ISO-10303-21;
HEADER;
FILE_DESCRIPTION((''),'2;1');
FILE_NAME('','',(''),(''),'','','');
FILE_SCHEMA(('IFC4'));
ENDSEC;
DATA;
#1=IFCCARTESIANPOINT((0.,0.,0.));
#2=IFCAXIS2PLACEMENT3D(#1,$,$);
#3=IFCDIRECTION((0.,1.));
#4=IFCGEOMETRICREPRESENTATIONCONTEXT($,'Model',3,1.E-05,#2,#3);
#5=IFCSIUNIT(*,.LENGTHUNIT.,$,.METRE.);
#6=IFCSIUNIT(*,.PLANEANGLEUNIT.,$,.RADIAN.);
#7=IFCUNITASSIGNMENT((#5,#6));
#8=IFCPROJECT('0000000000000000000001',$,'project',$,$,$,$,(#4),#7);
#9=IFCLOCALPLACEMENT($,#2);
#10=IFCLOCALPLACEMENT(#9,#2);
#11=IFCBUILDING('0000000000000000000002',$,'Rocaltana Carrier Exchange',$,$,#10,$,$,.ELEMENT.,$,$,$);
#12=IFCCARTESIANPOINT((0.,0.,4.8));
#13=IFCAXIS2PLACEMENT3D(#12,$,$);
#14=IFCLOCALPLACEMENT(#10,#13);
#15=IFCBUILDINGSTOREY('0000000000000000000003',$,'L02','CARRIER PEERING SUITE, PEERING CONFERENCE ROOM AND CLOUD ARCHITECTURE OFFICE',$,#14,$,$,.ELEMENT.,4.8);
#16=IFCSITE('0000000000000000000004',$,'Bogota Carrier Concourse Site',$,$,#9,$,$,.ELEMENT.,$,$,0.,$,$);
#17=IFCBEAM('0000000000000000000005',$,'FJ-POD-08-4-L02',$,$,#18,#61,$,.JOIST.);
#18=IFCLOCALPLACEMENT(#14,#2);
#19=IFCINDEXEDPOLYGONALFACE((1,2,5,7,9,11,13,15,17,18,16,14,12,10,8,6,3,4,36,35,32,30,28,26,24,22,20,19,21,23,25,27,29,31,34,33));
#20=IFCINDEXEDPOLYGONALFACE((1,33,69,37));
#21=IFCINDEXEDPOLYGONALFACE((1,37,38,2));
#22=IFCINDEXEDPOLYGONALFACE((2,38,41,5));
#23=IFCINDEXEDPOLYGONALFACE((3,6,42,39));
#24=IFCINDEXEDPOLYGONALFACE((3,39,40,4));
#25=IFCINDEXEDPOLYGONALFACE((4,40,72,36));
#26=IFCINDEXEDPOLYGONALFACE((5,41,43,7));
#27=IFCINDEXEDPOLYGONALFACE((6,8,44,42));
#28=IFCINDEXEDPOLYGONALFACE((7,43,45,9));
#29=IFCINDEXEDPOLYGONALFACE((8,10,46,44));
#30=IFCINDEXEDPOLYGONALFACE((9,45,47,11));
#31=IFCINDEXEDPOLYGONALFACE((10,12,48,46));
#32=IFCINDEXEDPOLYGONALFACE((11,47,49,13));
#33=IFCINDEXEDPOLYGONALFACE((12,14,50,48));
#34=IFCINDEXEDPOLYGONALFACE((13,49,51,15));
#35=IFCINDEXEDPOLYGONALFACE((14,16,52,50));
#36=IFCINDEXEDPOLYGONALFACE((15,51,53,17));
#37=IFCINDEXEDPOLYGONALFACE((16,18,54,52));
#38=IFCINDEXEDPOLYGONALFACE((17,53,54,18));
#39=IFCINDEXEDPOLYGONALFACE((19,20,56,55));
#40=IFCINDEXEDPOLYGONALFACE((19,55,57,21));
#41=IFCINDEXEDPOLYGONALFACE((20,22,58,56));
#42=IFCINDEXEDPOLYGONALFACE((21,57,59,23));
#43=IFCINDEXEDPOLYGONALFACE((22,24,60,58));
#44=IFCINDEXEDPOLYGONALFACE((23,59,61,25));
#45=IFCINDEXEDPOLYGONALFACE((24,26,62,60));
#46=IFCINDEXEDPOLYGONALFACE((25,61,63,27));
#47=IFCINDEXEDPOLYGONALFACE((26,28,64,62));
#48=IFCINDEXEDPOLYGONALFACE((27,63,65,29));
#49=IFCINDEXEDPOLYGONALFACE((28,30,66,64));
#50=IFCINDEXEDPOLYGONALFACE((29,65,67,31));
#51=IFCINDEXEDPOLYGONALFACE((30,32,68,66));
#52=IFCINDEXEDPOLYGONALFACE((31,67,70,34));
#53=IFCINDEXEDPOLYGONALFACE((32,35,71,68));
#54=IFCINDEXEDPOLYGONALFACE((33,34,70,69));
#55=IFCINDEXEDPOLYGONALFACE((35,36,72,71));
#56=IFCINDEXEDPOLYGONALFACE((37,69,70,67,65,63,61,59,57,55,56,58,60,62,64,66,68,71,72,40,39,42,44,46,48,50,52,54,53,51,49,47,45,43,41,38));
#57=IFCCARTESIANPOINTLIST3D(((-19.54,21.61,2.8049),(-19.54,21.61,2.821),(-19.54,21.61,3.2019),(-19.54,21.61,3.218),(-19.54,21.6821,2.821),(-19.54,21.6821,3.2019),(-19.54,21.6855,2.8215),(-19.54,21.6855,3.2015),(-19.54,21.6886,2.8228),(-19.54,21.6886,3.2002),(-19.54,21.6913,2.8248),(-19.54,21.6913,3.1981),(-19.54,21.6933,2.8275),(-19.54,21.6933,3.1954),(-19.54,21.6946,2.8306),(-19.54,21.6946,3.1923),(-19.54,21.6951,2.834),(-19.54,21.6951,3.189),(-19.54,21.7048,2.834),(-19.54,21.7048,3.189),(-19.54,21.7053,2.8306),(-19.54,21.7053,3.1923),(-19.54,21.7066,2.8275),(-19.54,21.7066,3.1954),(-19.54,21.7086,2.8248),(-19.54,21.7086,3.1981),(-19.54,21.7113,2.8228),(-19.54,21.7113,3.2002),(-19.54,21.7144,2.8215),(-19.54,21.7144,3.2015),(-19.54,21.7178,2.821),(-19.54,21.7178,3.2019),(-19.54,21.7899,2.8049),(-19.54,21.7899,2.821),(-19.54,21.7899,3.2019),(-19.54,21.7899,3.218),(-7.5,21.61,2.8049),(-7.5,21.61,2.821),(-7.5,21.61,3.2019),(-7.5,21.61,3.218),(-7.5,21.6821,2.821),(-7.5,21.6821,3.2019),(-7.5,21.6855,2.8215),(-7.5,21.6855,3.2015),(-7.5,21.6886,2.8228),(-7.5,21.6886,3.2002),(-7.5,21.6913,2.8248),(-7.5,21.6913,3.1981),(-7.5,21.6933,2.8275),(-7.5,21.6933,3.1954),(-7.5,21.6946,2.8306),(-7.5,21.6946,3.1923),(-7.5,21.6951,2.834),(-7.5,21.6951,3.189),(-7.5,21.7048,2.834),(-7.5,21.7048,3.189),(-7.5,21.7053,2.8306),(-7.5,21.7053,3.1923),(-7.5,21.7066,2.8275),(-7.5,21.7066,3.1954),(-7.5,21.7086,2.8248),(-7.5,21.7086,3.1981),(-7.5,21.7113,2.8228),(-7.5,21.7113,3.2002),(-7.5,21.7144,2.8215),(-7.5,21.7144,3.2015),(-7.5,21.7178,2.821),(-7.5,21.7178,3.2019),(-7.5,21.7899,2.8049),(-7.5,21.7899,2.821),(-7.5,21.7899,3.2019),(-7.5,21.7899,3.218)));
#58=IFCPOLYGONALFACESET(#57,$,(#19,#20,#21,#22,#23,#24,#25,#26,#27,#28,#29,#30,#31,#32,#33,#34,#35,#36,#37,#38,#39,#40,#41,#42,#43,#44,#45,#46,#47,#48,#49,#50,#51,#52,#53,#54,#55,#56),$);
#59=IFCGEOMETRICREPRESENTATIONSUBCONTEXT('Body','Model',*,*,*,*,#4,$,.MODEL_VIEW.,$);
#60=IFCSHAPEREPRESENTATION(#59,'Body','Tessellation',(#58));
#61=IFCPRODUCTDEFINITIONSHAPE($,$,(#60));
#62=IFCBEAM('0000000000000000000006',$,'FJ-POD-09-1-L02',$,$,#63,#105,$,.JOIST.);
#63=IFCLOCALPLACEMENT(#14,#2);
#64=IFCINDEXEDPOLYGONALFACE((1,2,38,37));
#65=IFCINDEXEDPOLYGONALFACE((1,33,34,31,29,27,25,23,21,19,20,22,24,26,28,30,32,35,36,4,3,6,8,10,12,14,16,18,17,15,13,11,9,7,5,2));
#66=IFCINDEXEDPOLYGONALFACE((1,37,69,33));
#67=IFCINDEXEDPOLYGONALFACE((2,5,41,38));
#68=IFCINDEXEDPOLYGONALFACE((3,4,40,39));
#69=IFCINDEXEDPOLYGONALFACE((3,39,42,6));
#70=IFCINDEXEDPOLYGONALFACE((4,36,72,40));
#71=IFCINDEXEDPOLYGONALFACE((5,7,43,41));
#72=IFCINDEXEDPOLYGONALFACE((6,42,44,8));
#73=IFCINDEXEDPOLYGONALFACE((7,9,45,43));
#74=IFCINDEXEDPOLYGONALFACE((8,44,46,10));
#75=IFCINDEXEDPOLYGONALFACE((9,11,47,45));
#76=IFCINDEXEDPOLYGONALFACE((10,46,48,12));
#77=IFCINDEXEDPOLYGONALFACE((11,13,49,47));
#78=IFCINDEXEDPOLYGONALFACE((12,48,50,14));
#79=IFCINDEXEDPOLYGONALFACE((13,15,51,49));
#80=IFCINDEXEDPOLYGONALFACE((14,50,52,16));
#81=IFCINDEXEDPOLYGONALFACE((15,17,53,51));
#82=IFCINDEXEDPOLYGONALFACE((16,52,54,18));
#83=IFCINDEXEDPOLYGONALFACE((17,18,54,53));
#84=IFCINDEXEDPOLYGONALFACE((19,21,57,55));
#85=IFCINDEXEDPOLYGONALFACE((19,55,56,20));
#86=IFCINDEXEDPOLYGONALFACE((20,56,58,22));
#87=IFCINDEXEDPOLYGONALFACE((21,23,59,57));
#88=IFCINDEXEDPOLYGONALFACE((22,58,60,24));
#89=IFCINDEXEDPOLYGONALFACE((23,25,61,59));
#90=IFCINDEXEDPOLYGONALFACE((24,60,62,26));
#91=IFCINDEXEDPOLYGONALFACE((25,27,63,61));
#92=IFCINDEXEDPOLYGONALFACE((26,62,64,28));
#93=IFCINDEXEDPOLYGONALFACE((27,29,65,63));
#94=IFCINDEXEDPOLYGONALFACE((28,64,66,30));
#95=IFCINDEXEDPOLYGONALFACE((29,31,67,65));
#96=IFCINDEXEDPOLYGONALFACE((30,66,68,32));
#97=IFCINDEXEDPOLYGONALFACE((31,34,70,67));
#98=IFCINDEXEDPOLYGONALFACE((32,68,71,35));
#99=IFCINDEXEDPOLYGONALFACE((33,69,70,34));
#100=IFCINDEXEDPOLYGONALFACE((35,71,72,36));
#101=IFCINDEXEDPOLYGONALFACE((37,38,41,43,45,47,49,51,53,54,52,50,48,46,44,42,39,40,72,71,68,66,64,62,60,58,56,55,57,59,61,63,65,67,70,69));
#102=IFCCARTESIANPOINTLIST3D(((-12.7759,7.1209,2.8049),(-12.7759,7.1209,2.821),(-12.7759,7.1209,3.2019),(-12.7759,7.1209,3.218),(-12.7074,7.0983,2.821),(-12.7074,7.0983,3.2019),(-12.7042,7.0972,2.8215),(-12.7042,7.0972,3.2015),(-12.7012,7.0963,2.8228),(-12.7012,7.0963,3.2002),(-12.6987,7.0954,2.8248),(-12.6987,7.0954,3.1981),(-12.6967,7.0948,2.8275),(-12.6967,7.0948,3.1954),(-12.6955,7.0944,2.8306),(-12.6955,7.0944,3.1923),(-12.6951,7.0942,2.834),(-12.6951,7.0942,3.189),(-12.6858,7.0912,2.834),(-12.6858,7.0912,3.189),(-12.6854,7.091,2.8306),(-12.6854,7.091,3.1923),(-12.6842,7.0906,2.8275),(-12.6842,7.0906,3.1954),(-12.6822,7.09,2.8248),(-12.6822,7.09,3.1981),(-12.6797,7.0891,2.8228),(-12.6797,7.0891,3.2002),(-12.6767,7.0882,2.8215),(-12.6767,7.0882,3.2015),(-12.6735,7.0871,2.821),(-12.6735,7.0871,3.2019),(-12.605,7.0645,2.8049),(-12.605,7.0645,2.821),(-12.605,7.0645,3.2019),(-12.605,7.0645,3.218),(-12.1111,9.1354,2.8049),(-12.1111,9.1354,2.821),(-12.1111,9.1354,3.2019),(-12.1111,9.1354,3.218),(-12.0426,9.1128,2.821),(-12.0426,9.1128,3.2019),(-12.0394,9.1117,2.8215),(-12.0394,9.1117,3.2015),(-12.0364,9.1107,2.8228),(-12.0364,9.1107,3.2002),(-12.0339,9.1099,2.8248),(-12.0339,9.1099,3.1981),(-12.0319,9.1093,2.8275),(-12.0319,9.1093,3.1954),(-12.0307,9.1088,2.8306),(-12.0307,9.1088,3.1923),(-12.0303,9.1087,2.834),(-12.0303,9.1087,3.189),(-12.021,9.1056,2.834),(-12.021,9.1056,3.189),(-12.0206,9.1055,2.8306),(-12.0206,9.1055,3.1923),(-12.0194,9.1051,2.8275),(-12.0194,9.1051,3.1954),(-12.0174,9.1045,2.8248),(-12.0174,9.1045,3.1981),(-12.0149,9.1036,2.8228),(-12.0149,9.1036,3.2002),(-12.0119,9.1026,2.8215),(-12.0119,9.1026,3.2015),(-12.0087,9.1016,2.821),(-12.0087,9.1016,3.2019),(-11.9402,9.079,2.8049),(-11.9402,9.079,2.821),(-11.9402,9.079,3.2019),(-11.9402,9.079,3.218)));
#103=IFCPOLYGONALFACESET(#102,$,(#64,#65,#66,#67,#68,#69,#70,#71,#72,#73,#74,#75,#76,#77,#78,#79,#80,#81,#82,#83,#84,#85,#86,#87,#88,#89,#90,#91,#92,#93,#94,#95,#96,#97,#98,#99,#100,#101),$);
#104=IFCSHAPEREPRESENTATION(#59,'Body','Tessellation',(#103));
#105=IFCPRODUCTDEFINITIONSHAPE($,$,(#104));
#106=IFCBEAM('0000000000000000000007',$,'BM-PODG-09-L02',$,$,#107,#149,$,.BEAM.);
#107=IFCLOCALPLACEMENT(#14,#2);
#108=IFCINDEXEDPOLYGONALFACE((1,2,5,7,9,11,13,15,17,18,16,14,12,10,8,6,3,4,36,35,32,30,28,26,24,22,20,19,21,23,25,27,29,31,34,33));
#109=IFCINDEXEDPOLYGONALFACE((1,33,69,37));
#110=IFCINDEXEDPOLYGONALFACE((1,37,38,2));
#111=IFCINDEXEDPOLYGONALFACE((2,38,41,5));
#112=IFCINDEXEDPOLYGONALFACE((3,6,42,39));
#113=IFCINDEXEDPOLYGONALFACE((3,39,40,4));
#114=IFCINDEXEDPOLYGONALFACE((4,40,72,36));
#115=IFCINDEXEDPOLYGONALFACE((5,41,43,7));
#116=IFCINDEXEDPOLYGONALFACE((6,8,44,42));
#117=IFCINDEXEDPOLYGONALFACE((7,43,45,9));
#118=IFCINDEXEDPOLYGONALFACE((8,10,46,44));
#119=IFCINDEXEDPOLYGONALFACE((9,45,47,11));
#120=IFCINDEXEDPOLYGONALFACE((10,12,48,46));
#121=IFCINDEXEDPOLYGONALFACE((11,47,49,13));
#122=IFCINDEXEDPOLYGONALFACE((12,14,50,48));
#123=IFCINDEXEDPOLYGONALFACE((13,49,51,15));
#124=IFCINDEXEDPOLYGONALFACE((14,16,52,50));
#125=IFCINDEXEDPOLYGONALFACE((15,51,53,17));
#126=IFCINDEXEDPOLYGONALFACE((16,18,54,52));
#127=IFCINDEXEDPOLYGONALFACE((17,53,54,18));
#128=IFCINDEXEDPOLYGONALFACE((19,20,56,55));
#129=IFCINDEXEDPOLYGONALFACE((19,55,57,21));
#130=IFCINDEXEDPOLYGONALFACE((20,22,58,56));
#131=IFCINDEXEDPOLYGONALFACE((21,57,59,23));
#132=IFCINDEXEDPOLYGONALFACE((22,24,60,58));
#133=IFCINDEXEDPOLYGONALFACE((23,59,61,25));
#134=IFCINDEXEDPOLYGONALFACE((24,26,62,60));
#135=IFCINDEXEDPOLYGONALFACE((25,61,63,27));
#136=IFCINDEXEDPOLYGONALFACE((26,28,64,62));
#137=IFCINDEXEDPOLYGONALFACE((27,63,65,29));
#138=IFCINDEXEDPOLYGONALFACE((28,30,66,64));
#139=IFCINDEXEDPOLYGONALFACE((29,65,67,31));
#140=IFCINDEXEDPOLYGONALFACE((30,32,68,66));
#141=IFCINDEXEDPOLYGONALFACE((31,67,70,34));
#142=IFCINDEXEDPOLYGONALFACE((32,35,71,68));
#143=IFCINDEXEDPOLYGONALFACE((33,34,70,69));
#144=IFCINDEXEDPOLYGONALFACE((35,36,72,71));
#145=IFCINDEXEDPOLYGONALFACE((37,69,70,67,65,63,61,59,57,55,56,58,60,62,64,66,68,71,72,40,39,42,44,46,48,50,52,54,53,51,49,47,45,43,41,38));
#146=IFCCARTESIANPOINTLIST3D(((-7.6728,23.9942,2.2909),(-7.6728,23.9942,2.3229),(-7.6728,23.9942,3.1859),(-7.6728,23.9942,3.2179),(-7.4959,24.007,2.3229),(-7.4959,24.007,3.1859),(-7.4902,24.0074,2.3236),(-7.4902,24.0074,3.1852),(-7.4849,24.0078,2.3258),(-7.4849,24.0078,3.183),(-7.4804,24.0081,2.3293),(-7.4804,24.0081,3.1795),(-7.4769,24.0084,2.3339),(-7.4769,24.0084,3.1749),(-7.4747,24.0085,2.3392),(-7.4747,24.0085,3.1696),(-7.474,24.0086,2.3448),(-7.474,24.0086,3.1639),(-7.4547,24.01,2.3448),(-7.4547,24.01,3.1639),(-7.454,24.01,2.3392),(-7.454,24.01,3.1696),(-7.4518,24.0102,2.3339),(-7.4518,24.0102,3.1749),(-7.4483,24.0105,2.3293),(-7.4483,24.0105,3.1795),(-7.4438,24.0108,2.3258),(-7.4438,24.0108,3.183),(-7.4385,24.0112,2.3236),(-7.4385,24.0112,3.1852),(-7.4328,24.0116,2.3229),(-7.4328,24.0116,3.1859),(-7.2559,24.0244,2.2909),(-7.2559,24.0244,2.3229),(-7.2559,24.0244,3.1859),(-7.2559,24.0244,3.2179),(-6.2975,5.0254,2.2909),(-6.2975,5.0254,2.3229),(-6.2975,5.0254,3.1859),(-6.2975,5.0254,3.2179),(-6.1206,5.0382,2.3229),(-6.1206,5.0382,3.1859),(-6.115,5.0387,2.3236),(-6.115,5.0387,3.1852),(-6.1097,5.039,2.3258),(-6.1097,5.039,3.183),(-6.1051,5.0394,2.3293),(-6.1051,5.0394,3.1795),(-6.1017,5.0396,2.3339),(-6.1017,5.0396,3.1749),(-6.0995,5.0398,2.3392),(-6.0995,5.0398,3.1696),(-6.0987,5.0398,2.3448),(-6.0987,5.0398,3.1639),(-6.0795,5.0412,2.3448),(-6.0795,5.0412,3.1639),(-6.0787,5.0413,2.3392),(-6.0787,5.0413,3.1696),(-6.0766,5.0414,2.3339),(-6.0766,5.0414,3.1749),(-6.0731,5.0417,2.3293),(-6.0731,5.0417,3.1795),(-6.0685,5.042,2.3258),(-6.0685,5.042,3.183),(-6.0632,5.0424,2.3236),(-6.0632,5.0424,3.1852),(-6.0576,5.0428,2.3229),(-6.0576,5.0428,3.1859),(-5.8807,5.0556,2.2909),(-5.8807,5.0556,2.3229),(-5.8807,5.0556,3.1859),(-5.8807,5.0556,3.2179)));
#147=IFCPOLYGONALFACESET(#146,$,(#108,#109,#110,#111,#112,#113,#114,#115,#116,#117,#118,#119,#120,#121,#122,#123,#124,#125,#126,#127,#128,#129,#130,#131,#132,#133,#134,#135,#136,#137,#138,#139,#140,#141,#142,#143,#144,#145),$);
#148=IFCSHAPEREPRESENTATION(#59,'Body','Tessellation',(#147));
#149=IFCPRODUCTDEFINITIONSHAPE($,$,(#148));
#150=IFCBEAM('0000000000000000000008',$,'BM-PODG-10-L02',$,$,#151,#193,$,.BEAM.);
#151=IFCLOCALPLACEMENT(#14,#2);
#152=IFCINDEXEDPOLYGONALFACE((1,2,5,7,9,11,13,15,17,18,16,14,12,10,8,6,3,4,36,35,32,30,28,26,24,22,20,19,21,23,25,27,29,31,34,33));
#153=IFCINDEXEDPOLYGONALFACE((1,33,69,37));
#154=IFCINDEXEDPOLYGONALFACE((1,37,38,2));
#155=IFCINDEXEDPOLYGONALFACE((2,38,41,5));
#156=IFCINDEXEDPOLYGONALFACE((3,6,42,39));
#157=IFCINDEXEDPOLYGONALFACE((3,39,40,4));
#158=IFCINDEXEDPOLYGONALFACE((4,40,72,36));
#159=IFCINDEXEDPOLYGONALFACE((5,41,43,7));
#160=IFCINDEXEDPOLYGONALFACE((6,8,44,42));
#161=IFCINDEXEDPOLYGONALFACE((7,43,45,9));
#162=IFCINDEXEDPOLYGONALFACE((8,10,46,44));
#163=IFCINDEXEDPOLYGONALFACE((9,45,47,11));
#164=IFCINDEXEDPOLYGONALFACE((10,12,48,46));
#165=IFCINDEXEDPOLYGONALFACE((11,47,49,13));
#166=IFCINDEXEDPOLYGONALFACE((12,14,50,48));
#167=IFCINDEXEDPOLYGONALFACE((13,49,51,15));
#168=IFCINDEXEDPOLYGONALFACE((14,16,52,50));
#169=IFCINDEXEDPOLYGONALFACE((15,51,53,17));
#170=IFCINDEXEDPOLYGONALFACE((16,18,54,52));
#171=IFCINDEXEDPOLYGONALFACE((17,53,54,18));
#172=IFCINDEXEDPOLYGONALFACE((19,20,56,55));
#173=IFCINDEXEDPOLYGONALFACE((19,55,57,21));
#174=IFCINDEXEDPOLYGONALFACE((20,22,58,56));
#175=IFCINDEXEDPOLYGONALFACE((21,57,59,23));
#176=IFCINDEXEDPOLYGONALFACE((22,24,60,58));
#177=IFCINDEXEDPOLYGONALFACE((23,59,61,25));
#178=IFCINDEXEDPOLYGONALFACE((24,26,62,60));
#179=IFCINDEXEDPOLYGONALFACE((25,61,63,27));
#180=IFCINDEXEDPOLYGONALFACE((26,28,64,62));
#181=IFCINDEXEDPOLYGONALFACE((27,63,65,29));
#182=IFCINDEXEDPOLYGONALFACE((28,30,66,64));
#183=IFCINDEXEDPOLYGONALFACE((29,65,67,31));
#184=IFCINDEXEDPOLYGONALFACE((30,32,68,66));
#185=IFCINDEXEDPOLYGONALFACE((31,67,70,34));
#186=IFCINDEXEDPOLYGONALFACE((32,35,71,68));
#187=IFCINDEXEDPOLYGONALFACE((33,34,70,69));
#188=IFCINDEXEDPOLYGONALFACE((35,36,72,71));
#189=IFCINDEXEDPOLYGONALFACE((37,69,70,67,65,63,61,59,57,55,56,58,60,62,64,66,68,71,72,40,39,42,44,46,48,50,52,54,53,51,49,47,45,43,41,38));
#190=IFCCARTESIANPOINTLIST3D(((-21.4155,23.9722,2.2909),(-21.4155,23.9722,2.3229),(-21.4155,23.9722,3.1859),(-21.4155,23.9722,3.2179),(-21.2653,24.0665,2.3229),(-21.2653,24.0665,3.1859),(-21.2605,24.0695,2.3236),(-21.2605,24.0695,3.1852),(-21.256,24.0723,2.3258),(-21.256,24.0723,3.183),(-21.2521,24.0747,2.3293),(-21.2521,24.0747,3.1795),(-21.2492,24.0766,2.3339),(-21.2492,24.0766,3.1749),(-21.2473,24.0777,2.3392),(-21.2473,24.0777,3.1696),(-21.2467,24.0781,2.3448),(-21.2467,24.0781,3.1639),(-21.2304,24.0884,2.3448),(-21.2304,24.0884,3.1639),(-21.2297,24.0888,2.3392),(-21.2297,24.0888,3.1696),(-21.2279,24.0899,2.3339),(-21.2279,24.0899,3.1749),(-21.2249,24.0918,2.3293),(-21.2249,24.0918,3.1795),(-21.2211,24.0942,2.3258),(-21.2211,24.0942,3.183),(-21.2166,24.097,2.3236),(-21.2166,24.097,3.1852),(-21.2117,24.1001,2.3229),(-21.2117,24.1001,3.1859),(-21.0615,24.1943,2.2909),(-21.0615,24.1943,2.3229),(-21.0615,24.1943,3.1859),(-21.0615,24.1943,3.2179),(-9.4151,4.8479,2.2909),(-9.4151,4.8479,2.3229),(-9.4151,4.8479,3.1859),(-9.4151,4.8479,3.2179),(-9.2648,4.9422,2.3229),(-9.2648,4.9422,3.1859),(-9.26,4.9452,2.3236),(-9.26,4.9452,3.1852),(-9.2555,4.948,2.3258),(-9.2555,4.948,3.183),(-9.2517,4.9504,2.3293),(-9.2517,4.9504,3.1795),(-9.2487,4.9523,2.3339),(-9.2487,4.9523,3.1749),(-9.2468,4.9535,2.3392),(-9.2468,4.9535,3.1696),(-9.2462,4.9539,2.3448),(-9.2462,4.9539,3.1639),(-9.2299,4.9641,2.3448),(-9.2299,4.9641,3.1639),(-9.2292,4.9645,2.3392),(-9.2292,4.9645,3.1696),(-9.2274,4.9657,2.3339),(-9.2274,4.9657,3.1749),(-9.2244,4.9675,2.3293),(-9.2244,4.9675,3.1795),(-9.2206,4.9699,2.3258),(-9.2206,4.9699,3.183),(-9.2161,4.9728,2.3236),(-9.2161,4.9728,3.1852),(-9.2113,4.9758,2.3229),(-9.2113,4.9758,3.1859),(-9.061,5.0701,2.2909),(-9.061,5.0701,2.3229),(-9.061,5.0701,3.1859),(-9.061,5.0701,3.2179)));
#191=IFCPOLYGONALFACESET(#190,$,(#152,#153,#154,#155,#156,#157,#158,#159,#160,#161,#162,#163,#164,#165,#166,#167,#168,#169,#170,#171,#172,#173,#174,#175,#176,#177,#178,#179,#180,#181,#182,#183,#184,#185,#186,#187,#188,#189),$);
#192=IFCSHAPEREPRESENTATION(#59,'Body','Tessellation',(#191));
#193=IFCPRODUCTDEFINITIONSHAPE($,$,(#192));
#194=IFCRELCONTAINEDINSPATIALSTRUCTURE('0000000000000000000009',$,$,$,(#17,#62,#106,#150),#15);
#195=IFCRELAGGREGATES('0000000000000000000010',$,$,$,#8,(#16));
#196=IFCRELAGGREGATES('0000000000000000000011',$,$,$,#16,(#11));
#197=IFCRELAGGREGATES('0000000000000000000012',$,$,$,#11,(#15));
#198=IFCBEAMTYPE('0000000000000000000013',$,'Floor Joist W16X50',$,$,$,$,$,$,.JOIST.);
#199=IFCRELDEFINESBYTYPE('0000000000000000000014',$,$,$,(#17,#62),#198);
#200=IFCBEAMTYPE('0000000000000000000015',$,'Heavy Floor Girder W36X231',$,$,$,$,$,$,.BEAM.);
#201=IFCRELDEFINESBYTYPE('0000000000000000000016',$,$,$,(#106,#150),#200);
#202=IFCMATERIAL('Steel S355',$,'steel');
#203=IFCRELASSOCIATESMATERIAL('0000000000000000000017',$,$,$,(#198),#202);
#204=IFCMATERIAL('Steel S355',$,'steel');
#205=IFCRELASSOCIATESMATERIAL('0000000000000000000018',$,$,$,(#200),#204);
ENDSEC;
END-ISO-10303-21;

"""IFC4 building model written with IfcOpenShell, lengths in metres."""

from ifc_helpers import new_model, si_unit, direction, frame, origin, origin_2d, place, context, subcontext, project, spatial, i_section, extrude, material, material_profile, profile_set, type_object, element, save


model = new_model("IFC4")

# Units and contexts
model_context = context("Model", 3, precision=1e-05, world=origin(), true_north=direction((0.0, 1.0)))
body_context = subcontext(model_context, "Body", "Model", "MODEL_VIEW")
ifc_project = project(units=[si_unit("LENGTHUNIT", "METRE"), si_unit("PLANEANGLEUNIT", "RADIAN")], contexts=[model_context])

# Site, building, storey
site_placement = place(None, origin())
site = spatial("IfcSite", under=ifc_project, at=site_placement, Name="Bogota Carrier Concourse Site", CompositionType="ELEMENT", RefElevation=0.0)
building_placement = place(site_placement, origin())
building = spatial("IfcBuilding", under=site, at=building_placement, Name="Rocaltana Carrier Exchange", CompositionType="ELEMENT")
storey_placement = place(building_placement, frame((0.0, 0.0, 4.8)))
storey = spatial("IfcBuildingStorey", under=building, at=storey_placement, Name="L02", Description="CARRIER PEERING SUITE, PEERING CONFERENCE ROOM AND CLOUD ARCHITECTURE OFFICE", CompositionType="ELEMENT", Elevation=4.8)

# Beams
ifc_material_1 = material(Name="Steel S355", Category="steel")
ifc_material_profile_1 = material_profile(ifc_material_1, i_section(OverallWidth=0.1799, OverallDepth=0.4131, WebThickness=0.0098, FlangeThickness=0.0161, FilletRadius=0.0129, at=origin_2d()), Name="W16X50")
ifc_profile_set_1 = profile_set([ifc_material_profile_1], Name="Steel S355")
beam_type_1 = type_object("IfcBeamType", Name="Floor Joist W16X50", PredefinedType="JOIST", material=ifc_profile_set_1)
beam_1_placement = place(storey_placement, frame((-7.5, 21.7, 3.0115), z_axis=(-1.0, 0.0, 0.0), x_axis=(0.0, -1.0, 0.0)))
element("IfcBeam", 1, at=beam_1_placement, inside=storey, type_object=beam_type_1, Name="FJ-POD-08-4-L02", PredefinedType="JOIST", context=body_context, shape_type="SweptSolid", body=[
    extrude(i_section(OverallWidth=0.1799, OverallDepth=0.4131, WebThickness=0.0098, FlangeThickness=0.0161, FilletRadius=0.0129, at=origin_2d()), origin(), (0.0, 0.0, 1.0), 12.04),
])
beam_2_placement = place(storey_placement, frame((-12.0256, 9.1072, 3.0115), z_axis=(-0.313395, -0.949623, 0.0), x_axis=(0.949623, -0.313395, 0.0)))
element("IfcBeam", 2, at=beam_2_placement, inside=storey, type_object=beam_type_1, Name="FJ-POD-09-1-L02", PredefinedType="JOIST", context=body_context, shape_type="SweptSolid", body=[
    extrude(i_section(OverallWidth=0.1799, OverallDepth=0.4131, WebThickness=0.0098, FlangeThickness=0.0161, FilletRadius=0.0129, at=origin_2d()), origin(), (0.0, 0.0, 1.0), 2.1213),
])
ifc_material_2 = material(Name="Steel S355", Category="steel")
ifc_material_profile_2 = material_profile(ifc_material_2, i_section(OverallWidth=0.418, OverallDepth=0.927, WebThickness=0.0193, FlangeThickness=0.032, FilletRadius=0.022, at=origin_2d()), Name="W36X231")
ifc_profile_set_2 = profile_set([ifc_material_profile_2], Name="Steel S355")
beam_type_2 = type_object("IfcBeamType", Name="Heavy Floor Girder W36X231", PredefinedType="BEAM", material=ifc_profile_set_2)
beam_3_placement = place(storey_placement, frame((-6.0891, 5.0405, 2.7544), z_axis=(-0.072311, 0.997382, 0.0), x_axis=(-0.997382, -0.072311, 0.0)))
element("IfcBeam", 3, at=beam_3_placement, inside=storey, type_object=beam_type_2, Name="BM-PODG-09-L02", PredefinedType="BEAM", context=body_context, shape_type="SweptSolid", body=[
    extrude(i_section(OverallWidth=0.418, OverallDepth=0.927, WebThickness=0.0193, FlangeThickness=0.032, FilletRadius=0.022, at=origin_2d()), origin(), (0.0, 0.0, 1.0), 19.0186),
])
beam_4_placement = place(storey_placement, frame((-9.238, 4.959, 2.7544), z_axis=(-0.531521, 0.847045, 0.0), x_axis=(-0.847045, -0.531521, 0.0)))
element("IfcBeam", 4, at=beam_4_placement, inside=storey, type_object=beam_type_2, Name="BM-PODG-10-L02", PredefinedType="BEAM", context=body_context, shape_type="SweptSolid", body=[
    extrude(i_section(OverallWidth=0.418, OverallDepth=0.927, WebThickness=0.0193, FlangeThickness=0.032, FilletRadius=0.022, at=origin_2d()), origin(), (0.0, 0.0, 1.0), 22.5776),
])

save(model, "model.ifc")
